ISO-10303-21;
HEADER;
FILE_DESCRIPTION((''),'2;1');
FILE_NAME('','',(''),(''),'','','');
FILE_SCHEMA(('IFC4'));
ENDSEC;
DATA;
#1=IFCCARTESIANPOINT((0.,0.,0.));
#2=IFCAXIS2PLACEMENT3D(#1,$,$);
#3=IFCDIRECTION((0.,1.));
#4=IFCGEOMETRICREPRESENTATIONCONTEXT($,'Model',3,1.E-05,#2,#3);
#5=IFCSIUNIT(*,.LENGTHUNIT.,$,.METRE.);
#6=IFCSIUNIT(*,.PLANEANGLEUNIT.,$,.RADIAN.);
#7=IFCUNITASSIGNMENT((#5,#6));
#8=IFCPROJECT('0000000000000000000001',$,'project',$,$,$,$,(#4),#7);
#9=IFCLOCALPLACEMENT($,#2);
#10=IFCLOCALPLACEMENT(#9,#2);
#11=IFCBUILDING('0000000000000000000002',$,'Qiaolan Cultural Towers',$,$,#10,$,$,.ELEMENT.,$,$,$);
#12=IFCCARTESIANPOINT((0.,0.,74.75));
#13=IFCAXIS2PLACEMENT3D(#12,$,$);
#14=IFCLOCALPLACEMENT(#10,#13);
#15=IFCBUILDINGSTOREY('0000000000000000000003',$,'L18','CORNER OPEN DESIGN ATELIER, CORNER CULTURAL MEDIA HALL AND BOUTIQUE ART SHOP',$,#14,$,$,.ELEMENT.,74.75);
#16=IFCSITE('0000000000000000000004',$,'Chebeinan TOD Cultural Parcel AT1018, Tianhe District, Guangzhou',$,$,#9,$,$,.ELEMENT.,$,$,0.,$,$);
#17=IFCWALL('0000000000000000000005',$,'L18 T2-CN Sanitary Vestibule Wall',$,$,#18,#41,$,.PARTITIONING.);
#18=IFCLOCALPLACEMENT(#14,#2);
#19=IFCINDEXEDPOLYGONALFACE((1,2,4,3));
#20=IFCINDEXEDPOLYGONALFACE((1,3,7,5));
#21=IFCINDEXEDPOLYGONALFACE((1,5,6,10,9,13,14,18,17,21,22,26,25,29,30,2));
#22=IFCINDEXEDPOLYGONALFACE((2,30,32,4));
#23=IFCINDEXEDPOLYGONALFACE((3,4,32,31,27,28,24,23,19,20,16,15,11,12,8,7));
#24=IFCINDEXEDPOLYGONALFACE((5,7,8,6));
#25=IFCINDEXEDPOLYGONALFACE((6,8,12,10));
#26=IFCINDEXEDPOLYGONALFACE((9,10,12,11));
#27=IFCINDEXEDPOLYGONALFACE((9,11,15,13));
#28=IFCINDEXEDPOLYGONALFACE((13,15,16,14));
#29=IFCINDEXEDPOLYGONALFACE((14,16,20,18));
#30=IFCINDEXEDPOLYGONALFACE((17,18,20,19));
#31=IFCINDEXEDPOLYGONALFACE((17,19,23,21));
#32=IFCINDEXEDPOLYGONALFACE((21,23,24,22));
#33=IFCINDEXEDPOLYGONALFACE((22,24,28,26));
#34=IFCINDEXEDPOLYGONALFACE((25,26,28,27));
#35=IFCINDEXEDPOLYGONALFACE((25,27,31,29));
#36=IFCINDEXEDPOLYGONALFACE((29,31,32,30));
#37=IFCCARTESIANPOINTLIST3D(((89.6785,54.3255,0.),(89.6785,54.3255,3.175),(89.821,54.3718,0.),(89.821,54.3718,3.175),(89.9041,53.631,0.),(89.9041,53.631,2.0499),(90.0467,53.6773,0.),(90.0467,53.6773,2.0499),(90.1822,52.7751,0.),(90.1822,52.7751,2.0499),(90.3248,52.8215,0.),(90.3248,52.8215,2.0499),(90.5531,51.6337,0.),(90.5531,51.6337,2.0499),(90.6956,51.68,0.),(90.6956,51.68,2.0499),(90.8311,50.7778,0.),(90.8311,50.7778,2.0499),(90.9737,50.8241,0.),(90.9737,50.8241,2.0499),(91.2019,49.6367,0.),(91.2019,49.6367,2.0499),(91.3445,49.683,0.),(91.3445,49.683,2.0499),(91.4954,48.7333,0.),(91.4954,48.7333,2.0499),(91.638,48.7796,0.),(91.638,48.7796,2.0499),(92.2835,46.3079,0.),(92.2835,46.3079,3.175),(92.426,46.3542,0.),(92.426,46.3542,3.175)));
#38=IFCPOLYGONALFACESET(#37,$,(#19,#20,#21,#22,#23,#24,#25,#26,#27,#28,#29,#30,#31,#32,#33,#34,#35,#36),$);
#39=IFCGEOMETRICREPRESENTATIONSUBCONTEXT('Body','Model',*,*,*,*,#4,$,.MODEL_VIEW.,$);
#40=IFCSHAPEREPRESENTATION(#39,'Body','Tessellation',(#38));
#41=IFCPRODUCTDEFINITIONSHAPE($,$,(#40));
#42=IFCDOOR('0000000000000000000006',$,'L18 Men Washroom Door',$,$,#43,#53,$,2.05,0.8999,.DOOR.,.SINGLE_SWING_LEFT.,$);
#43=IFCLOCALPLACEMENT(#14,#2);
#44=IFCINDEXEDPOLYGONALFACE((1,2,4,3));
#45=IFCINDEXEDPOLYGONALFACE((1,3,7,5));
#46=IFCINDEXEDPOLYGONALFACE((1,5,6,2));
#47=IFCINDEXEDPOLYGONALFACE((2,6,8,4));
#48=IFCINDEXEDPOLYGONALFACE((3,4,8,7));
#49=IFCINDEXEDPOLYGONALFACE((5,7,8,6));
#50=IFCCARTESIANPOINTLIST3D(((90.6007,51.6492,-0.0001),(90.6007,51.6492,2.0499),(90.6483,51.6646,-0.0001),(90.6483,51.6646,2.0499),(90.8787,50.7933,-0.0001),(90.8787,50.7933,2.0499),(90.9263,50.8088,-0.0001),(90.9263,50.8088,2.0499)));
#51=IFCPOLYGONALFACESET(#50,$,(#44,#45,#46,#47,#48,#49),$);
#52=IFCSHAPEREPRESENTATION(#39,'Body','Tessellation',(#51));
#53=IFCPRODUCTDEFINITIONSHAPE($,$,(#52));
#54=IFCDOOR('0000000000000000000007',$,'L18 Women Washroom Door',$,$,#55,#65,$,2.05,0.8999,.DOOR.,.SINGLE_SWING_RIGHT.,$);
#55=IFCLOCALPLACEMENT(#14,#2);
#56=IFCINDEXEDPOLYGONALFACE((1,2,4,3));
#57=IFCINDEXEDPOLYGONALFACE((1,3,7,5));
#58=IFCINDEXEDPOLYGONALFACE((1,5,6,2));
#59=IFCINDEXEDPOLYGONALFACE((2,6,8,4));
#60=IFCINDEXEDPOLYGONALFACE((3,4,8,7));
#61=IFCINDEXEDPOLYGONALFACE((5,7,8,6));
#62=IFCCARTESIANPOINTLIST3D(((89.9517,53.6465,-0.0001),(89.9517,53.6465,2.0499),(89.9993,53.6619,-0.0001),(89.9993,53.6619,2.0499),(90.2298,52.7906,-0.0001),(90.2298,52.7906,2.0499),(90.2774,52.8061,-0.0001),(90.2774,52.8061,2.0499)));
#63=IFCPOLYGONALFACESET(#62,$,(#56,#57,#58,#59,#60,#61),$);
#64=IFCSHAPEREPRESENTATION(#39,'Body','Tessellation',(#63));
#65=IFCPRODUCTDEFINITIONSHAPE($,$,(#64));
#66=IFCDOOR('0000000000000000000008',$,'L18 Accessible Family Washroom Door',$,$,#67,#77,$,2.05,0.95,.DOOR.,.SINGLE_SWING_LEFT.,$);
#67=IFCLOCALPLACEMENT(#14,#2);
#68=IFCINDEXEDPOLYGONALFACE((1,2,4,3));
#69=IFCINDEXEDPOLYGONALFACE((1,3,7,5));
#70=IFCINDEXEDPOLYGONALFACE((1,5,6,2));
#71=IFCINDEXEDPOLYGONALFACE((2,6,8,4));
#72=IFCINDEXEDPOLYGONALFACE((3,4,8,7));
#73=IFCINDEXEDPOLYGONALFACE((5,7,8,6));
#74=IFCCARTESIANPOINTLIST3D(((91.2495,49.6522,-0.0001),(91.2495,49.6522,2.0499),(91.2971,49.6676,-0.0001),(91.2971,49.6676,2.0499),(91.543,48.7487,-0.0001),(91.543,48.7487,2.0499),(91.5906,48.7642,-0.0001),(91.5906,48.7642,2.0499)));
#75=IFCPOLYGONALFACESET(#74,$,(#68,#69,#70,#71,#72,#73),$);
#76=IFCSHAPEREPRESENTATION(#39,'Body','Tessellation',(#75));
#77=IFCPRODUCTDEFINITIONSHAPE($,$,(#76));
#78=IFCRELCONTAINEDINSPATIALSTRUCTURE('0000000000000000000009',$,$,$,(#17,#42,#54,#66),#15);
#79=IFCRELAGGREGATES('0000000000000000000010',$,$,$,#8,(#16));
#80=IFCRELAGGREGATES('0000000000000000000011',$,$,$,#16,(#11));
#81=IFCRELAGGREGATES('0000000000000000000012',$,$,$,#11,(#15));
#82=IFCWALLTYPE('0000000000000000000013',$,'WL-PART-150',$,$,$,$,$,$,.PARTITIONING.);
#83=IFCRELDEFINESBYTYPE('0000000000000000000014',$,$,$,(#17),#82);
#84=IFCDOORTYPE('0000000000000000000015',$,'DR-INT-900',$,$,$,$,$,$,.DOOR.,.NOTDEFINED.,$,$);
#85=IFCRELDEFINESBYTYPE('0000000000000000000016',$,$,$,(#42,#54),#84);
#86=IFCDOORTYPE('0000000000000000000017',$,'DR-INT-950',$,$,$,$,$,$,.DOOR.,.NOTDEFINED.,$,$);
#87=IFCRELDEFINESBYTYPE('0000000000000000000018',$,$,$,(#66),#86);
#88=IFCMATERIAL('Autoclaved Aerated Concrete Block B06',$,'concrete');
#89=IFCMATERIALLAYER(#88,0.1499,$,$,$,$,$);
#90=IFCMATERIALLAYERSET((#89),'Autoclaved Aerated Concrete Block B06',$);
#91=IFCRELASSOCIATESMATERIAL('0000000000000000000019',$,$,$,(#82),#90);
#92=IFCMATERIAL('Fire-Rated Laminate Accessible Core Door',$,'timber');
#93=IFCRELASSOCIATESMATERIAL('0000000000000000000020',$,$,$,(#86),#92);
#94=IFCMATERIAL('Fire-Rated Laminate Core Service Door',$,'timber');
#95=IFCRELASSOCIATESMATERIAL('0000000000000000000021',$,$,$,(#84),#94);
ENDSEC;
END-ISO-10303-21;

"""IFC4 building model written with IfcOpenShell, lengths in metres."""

from ifc_helpers import new_model, si_unit, direction, frame, frame_2d, origin, place, context, subcontext, project, spatial, rectangle, extrude, material, layer, layer_set, type_object, element, fill, save


model = new_model("IFC4")

# Units and contexts
model_context = context("Model", 3, precision=1e-05, world=origin(), true_north=direction((0.0, 1.0)))
body_context = subcontext(model_context, "Body", "Model", "MODEL_VIEW")
ifc_project = project(units=[si_unit("LENGTHUNIT", "METRE"), si_unit("PLANEANGLEUNIT", "RADIAN")], contexts=[model_context])

# Site, building, storey
site_placement = place(None, origin())
site = spatial("IfcSite", under=ifc_project, at=site_placement, Name="Chebeinan TOD Cultural Parcel AT1018, Tianhe District, Guangzhou", CompositionType="ELEMENT", RefElevation=0.0)
building_placement = place(site_placement, origin())
building = spatial("IfcBuilding", under=site, at=building_placement, Name="Qiaolan Cultural Towers", CompositionType="ELEMENT")
storey_placement = place(building_placement, frame((0.0, 0.0, 74.75)))
storey = spatial("IfcBuildingStorey", under=building, at=storey_placement, Name="L18", Description="CORNER OPEN DESIGN ATELIER, CORNER CULTURAL MEDIA HALL AND BOUTIQUE ART SHOP", CompositionType="ELEMENT", Elevation=74.75)

# Shared definitions
ifc_material_1 = material(Name="Autoclaved Aerated Concrete Block B06", Category="concrete")
ifc_layer_1 = layer(ifc_material_1, 0.1499)
ifc_layer_set_1 = layer_set([ifc_layer_1], Name="Autoclaved Aerated Concrete Block B06")
wall_type_1 = type_object("IfcWallType", Name="WL-PART-150", PredefinedType="PARTITIONING", material=ifc_layer_set_1)
ifc_material_2 = material(Name="Fire-Rated Laminate Accessible Core Door", Category="timber")
door_type_1 = type_object("IfcDoorType", Name="DR-INT-950", OperationType="NOTDEFINED", PredefinedType="DOOR", material=ifc_material_2)

# Wall, openings, doors
wall_1_placement = place(storey_placement, frame((92.3547, 46.3311, 0.0), z_axis=(0.0, 0.0, 1.0), x_axis=(-0.309007, 0.95106, 0.0)))
wall_1 = element("IfcWall", 1, at=wall_1_placement, inside=storey, type_object=wall_type_1, Name="L18 T2-CN Sanitary Vestibule Wall", PredefinedType="PARTITIONING", context=body_context, shape_type="SweptSolid", body=[
    extrude(rectangle(XDim=8.4302, YDim=0.1499, at=frame_2d((4.2151, 0.0))), origin(), (0.0, 0.0, 1.0), 3.175),
])
opening_1_placement = place(wall_1_placement, frame((2.55, 0.0, 0.0)))
opening_1 = element("IfcOpeningElement", 2, at=opening_1_placement, cuts=wall_1, PredefinedType="OPENING", context=body_context, shape_type="SweptSolid", body=[
    extrude(rectangle(XDim=0.95, YDim=2.05, at=frame_2d((0.4751, 1.0249))), frame((0.0, 0.085, 0.0), z_axis=(0.0, -1.0, 0.0), x_axis=(1.0, 0.0, 0.0)), (0.0, 0.0, 1.0), 0.1699),
])
opening_2_placement = place(wall_1_placement, frame((4.7, 0.0, 0.0)))
opening_2 = element("IfcOpeningElement", 3, at=opening_2_placement, cuts=wall_1, PredefinedType="OPENING", context=body_context, shape_type="SweptSolid", body=[
    extrude(rectangle(XDim=0.8999, YDim=2.05, at=frame_2d((0.45, 1.0249))), frame((0.0, 0.085, 0.0), z_axis=(0.0, -1.0, 0.0), x_axis=(1.0, 0.0, 0.0)), (0.0, 0.0, 1.0), 0.1699),
])
opening_3_placement = place(wall_1_placement, frame((6.8, 0.0, 0.0)))
opening_3 = element("IfcOpeningElement", 4, at=opening_3_placement, cuts=wall_1, PredefinedType="OPENING", context=body_context, shape_type="SweptSolid", body=[
    extrude(rectangle(XDim=0.8999, YDim=2.05, at=frame_2d((0.45, 1.0249))), frame((0.0, 0.085, 0.0), z_axis=(0.0, -1.0, 0.0), x_axis=(1.0, 0.0, 0.0)), (0.0, 0.0, 1.0), 0.1699),
])
ifc_material_3 = material(Name="Fire-Rated Laminate Core Service Door", Category="timber")
door_type_2 = type_object("IfcDoorType", Name="DR-INT-900", OperationType="NOTDEFINED", PredefinedType="DOOR", material=ifc_material_3)
door_1_placement = place(opening_2_placement, origin())
door_1 = element("IfcDoor", 5, at=door_1_placement, inside=storey, type_object=door_type_2, Name="L18 Men Washroom Door", OperationType="SINGLE_SWING_LEFT", OverallHeight=2.05, OverallWidth=0.8999, PredefinedType="DOOR", context=body_context, shape_type="SweptSolid", body=[
    extrude(rectangle(XDim=0.8999, YDim=2.05, at=frame_2d((0.45, 1.0249))), frame((0.0, 0.0249, 0.0), z_axis=(0.0, -1.0, 0.0), x_axis=(1.0, 0.0, 0.0)), (0.0, 0.0, 1.0), 0.05),
])
fill(opening_2, door_1)
door_2_placement = place(opening_3_placement, origin())
door_2 = element("IfcDoor", 6, at=door_2_placement, inside=storey, type_object=door_type_2, Name="L18 Women Washroom Door", OperationType="SINGLE_SWING_RIGHT", OverallHeight=2.05, OverallWidth=0.8999, PredefinedType="DOOR", context=body_context, shape_type="SweptSolid", body=[
    extrude(rectangle(XDim=0.8999, YDim=2.05, at=frame_2d((0.45, 1.0249))), frame((0.0, 0.0249, 0.0), z_axis=(0.0, -1.0, 0.0), x_axis=(1.0, 0.0, 0.0)), (0.0, 0.0, 1.0), 0.05),
])
fill(opening_3, door_2)
door_3_placement = place(opening_1_placement, origin())
door_3 = element("IfcDoor", 7, at=door_3_placement, inside=storey, type_object=door_type_1, Name="L18 Accessible Family Washroom Door", OperationType="SINGLE_SWING_LEFT", OverallHeight=2.05, OverallWidth=0.95, PredefinedType="DOOR", context=body_context, shape_type="SweptSolid", body=[
    extrude(rectangle(XDim=0.95, YDim=2.05, at=frame_2d((0.4751, 1.0249))), frame((0.0, 0.0249, 0.0), z_axis=(0.0, -1.0, 0.0), x_axis=(1.0, 0.0, 0.0)), (0.0, 0.0, 1.0), 0.05),
])
fill(opening_1, door_3)

save(model, "model.ifc")
